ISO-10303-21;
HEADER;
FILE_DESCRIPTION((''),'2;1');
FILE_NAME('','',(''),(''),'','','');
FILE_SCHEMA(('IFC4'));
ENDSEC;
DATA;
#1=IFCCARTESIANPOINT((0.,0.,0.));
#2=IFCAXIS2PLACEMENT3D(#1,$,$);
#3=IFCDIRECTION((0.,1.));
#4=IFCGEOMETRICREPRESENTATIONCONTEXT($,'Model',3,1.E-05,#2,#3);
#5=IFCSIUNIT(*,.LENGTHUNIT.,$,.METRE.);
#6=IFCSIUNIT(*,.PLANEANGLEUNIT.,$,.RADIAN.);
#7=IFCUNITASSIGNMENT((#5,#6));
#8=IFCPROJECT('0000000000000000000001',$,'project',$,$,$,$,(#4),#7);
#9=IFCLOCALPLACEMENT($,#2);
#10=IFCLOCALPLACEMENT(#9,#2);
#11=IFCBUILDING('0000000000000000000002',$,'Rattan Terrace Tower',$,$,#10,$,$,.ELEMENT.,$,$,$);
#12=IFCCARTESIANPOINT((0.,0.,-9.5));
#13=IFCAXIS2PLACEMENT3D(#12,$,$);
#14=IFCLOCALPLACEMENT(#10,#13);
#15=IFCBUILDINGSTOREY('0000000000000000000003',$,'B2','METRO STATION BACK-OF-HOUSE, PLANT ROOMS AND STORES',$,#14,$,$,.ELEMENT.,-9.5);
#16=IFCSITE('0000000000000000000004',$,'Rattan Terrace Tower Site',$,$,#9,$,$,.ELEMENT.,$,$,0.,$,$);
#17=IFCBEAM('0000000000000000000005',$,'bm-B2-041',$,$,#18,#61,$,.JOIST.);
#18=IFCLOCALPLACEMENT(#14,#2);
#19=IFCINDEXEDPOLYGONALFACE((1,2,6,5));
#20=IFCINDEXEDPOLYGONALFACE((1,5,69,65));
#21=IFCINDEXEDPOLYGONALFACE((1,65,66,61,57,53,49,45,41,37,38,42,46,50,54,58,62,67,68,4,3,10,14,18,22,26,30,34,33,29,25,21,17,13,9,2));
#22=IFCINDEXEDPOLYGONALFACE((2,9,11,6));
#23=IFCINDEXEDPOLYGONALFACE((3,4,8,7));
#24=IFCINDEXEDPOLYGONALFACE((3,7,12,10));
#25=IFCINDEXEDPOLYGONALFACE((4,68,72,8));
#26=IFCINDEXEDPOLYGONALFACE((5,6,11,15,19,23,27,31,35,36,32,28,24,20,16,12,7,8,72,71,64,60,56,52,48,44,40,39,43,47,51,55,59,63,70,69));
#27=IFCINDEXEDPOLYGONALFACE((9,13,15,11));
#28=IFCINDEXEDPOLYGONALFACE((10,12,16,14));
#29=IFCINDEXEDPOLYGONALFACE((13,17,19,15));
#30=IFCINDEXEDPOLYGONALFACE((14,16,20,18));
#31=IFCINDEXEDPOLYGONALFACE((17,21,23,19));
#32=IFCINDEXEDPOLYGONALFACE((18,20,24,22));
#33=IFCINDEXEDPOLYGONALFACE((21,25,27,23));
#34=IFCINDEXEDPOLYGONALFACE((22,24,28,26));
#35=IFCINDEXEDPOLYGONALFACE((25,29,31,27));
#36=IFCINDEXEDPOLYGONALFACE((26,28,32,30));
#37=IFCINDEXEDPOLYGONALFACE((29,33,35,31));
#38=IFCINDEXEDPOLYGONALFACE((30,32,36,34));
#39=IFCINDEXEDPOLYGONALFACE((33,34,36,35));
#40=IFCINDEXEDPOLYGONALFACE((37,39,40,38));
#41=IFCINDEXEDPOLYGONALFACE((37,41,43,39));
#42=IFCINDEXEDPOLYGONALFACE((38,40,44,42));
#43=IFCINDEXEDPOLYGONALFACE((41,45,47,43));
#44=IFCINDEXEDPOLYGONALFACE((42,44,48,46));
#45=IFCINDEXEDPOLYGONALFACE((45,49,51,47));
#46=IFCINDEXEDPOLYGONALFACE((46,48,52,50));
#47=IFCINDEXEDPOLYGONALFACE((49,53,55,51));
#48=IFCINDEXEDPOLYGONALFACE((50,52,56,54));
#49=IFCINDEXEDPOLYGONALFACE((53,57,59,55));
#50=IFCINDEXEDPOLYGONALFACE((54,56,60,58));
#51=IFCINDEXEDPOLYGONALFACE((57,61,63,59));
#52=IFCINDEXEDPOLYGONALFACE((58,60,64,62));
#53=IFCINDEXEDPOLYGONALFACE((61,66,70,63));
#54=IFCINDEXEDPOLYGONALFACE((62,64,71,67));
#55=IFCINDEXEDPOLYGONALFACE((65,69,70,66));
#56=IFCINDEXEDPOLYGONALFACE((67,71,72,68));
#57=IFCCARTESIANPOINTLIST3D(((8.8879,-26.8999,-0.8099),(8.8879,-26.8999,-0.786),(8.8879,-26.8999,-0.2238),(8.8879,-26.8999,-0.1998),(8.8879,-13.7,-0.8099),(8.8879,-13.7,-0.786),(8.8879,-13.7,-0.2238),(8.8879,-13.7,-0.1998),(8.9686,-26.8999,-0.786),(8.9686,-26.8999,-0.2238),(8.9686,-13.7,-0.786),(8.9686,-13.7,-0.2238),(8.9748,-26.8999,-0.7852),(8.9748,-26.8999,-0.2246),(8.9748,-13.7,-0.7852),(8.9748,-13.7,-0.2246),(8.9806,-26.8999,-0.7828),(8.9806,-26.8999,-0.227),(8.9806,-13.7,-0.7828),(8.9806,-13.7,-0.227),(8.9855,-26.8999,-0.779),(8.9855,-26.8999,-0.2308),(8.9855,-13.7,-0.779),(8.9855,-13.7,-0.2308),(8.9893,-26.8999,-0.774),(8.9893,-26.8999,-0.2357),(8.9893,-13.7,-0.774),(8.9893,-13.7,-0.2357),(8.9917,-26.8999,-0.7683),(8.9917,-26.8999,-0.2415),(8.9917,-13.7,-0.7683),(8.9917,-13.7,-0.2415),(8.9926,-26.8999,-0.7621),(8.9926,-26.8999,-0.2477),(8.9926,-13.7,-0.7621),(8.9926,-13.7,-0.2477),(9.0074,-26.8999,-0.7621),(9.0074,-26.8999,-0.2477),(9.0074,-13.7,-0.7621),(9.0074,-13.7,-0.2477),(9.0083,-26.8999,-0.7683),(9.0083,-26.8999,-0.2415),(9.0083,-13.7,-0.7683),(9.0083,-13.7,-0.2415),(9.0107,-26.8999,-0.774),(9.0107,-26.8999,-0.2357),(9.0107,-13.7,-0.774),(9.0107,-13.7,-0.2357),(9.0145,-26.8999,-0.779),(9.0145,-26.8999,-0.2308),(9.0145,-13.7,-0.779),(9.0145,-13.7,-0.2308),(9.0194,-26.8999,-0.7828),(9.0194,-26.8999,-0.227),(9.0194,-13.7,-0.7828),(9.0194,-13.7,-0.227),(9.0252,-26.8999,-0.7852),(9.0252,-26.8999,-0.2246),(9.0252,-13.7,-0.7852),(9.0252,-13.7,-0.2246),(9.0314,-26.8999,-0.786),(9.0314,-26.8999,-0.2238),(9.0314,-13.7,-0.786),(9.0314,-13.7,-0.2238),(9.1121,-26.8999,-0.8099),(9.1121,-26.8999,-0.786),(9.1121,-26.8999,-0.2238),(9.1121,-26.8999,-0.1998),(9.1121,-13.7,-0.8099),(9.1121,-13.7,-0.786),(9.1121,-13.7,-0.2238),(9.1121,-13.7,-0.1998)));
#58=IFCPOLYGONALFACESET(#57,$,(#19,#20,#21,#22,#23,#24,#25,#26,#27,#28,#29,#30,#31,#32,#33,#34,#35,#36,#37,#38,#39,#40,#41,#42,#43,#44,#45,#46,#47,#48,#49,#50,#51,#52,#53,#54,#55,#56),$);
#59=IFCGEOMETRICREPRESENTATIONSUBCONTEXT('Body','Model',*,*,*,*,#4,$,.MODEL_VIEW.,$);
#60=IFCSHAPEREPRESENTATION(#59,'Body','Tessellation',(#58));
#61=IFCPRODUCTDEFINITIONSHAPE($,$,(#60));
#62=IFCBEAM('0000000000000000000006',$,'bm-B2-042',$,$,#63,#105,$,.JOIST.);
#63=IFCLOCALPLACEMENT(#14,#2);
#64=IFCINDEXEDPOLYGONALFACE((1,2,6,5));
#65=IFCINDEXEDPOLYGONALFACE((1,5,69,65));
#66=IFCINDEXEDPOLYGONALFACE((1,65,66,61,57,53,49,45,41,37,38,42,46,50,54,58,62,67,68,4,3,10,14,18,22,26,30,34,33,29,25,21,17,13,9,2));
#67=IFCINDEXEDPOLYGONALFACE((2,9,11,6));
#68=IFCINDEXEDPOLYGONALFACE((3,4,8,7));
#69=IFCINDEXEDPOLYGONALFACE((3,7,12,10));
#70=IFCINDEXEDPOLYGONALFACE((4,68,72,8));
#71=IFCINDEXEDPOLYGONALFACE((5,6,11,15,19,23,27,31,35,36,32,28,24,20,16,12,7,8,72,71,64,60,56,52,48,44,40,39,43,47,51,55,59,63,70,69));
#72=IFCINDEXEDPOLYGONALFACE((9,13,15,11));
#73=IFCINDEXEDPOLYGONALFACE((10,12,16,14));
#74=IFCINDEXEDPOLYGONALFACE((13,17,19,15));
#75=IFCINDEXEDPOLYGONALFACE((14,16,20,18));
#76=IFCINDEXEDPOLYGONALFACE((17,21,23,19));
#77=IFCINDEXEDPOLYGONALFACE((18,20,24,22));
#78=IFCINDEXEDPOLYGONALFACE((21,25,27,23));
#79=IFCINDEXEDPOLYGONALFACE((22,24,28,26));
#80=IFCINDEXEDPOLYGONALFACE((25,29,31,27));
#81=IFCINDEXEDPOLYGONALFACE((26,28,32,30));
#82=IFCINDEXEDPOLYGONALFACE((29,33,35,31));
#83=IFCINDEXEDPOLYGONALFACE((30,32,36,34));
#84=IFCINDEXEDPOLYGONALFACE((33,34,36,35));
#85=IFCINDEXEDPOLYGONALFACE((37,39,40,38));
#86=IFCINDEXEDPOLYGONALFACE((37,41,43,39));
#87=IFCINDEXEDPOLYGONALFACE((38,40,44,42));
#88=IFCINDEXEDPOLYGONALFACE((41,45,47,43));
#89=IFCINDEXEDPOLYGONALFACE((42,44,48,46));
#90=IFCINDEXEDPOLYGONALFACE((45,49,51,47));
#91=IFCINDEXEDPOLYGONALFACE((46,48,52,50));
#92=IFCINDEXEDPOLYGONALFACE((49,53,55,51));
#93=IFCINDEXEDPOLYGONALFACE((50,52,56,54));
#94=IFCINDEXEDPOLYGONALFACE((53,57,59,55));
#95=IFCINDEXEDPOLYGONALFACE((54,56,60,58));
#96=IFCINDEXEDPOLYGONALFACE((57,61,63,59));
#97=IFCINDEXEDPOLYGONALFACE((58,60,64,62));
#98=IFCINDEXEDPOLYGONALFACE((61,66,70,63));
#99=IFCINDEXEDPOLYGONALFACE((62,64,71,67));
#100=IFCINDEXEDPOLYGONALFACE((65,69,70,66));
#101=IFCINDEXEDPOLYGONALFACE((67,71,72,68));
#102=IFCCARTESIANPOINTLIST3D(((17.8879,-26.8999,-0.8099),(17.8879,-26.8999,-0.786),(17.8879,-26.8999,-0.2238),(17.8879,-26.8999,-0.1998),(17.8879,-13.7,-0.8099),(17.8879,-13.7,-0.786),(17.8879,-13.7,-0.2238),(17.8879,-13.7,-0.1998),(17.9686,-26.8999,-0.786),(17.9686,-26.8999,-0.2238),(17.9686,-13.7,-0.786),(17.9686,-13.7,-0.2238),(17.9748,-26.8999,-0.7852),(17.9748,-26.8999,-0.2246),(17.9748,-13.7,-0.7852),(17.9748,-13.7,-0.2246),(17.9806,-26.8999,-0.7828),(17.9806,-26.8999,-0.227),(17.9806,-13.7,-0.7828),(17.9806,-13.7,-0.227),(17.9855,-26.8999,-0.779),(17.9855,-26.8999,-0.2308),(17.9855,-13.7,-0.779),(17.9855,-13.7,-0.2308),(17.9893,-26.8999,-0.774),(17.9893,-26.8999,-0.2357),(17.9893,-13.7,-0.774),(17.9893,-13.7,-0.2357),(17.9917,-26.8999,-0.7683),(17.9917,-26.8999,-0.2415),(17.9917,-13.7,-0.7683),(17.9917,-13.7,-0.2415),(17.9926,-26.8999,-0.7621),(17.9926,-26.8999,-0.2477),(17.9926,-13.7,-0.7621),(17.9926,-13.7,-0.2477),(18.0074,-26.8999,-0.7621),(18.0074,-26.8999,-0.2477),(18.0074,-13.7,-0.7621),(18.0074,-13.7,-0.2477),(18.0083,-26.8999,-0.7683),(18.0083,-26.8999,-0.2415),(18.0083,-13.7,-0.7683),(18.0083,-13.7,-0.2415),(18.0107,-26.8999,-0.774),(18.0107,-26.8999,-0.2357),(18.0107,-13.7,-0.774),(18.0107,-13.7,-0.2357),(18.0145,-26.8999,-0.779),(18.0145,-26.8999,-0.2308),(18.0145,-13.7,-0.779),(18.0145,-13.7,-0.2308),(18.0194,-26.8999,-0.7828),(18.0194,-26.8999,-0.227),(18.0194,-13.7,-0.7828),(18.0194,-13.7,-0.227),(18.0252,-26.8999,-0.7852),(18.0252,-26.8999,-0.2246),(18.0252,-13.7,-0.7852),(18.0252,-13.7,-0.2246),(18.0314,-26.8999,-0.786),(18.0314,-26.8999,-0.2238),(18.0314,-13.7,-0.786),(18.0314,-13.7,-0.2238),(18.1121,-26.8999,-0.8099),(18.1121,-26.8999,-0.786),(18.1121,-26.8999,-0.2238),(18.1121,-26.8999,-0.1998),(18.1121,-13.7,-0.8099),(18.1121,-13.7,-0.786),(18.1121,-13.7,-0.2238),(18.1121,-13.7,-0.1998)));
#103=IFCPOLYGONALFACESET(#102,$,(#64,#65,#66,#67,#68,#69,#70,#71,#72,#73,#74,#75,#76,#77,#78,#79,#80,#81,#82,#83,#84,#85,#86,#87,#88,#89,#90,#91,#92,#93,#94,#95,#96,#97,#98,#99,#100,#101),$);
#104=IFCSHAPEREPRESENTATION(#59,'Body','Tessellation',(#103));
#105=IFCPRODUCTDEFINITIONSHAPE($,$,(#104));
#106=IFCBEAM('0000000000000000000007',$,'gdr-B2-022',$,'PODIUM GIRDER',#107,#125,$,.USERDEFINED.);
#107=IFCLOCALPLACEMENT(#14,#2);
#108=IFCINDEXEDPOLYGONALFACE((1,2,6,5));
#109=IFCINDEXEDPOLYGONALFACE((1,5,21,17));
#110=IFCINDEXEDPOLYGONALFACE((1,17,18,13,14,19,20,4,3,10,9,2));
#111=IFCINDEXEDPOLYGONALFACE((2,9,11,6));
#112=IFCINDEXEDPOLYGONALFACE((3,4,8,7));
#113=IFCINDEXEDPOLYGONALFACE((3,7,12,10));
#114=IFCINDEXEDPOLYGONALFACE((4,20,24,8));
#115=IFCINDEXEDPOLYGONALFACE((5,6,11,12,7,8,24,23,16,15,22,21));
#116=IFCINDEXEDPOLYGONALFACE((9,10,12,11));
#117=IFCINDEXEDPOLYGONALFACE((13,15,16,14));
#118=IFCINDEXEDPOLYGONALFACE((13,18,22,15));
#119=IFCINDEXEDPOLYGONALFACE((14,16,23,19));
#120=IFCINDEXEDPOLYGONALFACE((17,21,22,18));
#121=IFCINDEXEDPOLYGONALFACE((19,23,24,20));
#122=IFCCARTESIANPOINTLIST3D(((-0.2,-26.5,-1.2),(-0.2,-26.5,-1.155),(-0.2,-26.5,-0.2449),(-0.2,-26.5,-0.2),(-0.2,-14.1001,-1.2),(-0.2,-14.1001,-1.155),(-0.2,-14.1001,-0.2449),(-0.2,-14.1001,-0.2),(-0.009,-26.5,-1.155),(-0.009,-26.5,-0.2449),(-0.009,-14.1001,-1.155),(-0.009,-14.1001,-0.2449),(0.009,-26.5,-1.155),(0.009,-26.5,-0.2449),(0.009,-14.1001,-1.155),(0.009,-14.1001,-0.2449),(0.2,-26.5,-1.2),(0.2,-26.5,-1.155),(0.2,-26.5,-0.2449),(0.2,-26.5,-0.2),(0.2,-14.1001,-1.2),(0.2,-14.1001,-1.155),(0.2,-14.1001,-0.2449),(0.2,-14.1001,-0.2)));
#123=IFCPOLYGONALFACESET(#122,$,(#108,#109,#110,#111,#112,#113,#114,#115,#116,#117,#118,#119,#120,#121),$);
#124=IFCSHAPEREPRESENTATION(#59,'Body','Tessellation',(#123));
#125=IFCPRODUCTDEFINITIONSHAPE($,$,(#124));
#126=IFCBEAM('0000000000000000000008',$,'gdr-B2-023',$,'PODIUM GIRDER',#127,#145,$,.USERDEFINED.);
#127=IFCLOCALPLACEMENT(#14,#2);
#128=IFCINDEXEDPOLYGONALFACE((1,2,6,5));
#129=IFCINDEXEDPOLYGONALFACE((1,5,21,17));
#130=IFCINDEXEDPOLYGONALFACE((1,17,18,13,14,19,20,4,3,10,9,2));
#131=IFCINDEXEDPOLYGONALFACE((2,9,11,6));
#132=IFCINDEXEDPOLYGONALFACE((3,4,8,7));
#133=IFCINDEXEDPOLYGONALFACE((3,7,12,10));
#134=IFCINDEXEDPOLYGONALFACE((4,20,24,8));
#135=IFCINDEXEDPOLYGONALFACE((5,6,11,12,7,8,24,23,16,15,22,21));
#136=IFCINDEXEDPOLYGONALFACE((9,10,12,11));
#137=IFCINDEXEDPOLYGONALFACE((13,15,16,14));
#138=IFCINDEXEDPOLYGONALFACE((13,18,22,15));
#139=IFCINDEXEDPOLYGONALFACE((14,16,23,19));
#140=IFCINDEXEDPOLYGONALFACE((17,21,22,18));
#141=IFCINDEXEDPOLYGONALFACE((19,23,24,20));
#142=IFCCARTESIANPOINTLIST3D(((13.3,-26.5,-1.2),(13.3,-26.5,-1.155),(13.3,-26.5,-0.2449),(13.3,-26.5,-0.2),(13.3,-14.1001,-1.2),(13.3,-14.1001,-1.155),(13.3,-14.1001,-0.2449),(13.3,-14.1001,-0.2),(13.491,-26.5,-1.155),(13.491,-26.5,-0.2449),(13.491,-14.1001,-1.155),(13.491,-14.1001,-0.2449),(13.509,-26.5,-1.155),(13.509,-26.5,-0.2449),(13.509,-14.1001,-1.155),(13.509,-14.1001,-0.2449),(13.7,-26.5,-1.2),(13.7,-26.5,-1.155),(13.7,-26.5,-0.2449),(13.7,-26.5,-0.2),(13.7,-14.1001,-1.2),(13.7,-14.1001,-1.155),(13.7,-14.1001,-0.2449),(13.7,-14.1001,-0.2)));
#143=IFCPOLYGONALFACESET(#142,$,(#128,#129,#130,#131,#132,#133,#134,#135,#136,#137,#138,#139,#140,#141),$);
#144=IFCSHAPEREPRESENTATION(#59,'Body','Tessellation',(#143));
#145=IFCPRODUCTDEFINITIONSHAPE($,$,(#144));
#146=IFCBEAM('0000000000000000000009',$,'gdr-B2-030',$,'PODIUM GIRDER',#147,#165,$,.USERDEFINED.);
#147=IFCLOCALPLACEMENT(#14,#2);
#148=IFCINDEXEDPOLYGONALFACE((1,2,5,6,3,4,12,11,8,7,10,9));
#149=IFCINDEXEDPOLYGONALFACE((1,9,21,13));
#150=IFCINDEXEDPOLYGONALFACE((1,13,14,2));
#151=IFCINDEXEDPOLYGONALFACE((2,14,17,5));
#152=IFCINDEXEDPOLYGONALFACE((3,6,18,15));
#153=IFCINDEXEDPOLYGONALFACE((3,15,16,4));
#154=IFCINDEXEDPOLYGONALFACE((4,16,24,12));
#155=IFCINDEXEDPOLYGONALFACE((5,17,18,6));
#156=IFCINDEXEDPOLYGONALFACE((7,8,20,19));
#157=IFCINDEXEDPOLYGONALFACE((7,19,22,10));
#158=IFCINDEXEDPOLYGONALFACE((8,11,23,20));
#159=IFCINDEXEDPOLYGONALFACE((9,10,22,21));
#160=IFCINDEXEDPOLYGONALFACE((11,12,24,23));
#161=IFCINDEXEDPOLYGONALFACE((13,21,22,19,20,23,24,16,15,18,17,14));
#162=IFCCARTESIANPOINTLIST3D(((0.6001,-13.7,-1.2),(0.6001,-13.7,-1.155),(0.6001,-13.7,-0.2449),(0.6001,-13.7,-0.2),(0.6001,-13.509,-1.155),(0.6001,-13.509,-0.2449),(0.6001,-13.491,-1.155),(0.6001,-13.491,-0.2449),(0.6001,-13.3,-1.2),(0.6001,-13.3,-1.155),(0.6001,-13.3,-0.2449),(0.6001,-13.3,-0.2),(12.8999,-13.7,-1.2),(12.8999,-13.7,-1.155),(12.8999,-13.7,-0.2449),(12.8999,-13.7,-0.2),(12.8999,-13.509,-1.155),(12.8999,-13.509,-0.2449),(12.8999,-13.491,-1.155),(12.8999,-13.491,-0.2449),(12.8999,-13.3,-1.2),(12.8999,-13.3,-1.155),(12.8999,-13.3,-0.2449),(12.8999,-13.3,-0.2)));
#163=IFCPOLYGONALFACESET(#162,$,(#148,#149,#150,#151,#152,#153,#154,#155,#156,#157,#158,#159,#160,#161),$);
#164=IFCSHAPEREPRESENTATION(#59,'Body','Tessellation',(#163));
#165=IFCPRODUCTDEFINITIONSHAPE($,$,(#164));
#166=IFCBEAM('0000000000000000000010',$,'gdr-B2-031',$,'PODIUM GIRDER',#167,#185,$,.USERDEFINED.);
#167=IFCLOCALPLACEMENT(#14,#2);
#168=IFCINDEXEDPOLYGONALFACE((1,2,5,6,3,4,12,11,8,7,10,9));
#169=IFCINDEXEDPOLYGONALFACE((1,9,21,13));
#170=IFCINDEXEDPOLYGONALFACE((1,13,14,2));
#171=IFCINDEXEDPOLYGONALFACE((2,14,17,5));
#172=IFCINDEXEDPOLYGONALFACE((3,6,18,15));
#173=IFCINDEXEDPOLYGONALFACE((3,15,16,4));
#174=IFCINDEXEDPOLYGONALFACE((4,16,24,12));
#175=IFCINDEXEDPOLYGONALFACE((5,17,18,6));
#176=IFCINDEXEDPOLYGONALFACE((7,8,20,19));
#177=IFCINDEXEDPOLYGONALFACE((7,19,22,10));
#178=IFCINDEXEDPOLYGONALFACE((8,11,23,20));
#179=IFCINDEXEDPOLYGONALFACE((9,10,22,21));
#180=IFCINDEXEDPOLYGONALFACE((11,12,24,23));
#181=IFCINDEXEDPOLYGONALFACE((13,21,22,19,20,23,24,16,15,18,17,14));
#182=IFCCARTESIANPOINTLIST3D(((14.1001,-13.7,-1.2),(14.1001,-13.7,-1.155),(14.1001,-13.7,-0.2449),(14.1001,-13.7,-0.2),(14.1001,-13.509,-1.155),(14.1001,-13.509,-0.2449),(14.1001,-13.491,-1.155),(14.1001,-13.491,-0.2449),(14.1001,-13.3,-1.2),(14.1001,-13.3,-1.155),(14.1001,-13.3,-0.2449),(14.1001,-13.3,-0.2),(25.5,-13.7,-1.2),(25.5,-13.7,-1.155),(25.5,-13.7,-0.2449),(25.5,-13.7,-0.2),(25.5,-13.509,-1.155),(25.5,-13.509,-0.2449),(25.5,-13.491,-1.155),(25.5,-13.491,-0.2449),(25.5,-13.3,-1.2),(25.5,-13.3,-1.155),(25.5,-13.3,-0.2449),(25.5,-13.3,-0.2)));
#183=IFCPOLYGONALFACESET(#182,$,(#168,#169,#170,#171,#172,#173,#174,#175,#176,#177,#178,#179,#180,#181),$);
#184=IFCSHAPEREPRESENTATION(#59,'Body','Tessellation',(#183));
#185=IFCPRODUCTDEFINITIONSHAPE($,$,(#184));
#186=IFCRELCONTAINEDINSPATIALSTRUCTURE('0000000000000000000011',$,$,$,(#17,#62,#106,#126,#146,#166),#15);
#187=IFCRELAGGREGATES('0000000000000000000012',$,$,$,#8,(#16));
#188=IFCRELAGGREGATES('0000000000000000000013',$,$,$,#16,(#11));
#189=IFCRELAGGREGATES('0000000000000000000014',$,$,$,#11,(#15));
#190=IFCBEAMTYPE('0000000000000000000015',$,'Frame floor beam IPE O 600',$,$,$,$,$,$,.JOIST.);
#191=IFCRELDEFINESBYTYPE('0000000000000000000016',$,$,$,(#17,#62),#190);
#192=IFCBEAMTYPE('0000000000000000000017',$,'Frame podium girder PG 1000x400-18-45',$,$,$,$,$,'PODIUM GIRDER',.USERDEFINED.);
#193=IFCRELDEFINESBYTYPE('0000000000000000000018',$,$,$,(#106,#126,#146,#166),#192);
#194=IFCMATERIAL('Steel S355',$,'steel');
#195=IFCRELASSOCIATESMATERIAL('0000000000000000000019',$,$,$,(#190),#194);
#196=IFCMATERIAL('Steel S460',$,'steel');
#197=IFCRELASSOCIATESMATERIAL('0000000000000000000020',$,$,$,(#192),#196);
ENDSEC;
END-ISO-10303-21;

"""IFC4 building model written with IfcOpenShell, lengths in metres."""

from ifc_helpers import new_model, si_unit, direction, frame, origin, origin_2d, place, context, subcontext, project, spatial, i_section, extrude, material, material_profile, profile_set, type_object, element, save


model = new_model("IFC4")

# Units and contexts
model_context = context("Model", 3, precision=1e-05, world=origin(), true_north=direction((0.0, 1.0)))
body_context = subcontext(model_context, "Body", "Model", "MODEL_VIEW")
ifc_project = project(units=[si_unit("LENGTHUNIT", "METRE"), si_unit("PLANEANGLEUNIT", "RADIAN")], contexts=[model_context])

# Site, building, storey
site_placement = place(None, origin())
site = spatial("IfcSite", under=ifc_project, at=site_placement, Name="Rattan Terrace Tower Site", CompositionType="ELEMENT", RefElevation=0.0)
building_placement = place(site_placement, origin())
building = spatial("IfcBuilding", under=site, at=building_placement, Name="Rattan Terrace Tower", CompositionType="ELEMENT")
storey_placement = place(building_placement, frame((0.0, 0.0, -9.5)))
storey = spatial("IfcBuildingStorey", under=building, at=storey_placement, Name="B2", Description="METRO STATION BACK-OF-HOUSE, PLANT ROOMS AND STORES", CompositionType="ELEMENT", Elevation=-9.5)

# Beams
ifc_material_1 = material(Name="Steel S355", Category="steel")
ifc_material_profile_1 = material_profile(ifc_material_1, i_section(OverallWidth=0.2241, OverallDepth=0.6101, WebThickness=0.0149, FlangeThickness=0.0239, FilletRadius=0.0239, at=origin_2d()), Name="IPE O 600")
ifc_profile_set_1 = profile_set([ifc_material_profile_1], Name="Steel S355")
beam_type_1 = type_object("IfcBeamType", Name="Frame floor beam IPE O 600", PredefinedType="JOIST", material=ifc_profile_set_1)
for number, where, z_axis, x_axis, name in (
    (1, (9.0, -26.8999, -0.5049), (0.0, 1.0, 0.0), (-1.0, 0.0, 0.0), "bm-B2-041"),
    (2, (18.0, -26.8999, -0.5049), (0.0, 1.0, 0.0), (-1.0, 0.0, 0.0), "bm-B2-042"),
):
    element("IfcBeam", number, at=place(storey_placement, frame(where, z_axis=z_axis, x_axis=x_axis)), inside=storey, type_object=beam_type_1, Name=name, PredefinedType="JOIST", context=body_context, shape_type="SweptSolid", body=[
        extrude(i_section(OverallWidth=0.2241, OverallDepth=0.6101, WebThickness=0.0149, FlangeThickness=0.0239, FilletRadius=0.0239, at=origin_2d()), origin(), (0.0, 0.0, 1.0), 13.2),
    ])
ifc_material_2 = material(Name="Steel S460", Category="steel")
ifc_material_profile_2 = material_profile(ifc_material_2, i_section(OverallWidth=0.3999, OverallDepth=1.0, WebThickness=0.0181, FlangeThickness=0.0449, at=origin_2d()), Name="PG 1000x400-18-45")
ifc_profile_set_2 = profile_set([ifc_material_profile_2], Name="Steel S460")
beam_type_2 = type_object("IfcBeamType", Name="Frame podium girder PG 1000x400-18-45", ElementType="PODIUM GIRDER", PredefinedType="USERDEFINED", material=ifc_profile_set_2)
for number, where, z_axis, x_axis, name in (
    (3, (0.0, -26.5, -0.7), (0.0, 1.0, 0.0), (-1.0, 0.0, 0.0), "gdr-B2-022"),
    (4, (13.5, -26.5, -0.7), (0.0, 1.0, 0.0), (-1.0, 0.0, 0.0), "gdr-B2-023"),
):
    element("IfcBeam", number, at=place(storey_placement, frame(where, z_axis=z_axis, x_axis=x_axis)), inside=storey, type_object=beam_type_2, Name=name, ObjectType="PODIUM GIRDER", PredefinedType="USERDEFINED", context=body_context, shape_type="SweptSolid", body=[
        extrude(i_section(OverallWidth=0.3999, OverallDepth=1.0, WebThickness=0.0181, FlangeThickness=0.0449, at=origin_2d()), origin(), (0.0, 0.0, 1.0), 12.3999),
    ])
beam_1_placement = place(storey_placement, frame((0.6001, -13.5, -0.7), z_axis=(1.0, 0.0, 0.0), x_axis=(0.0, 1.0, 0.0)))
element("IfcBeam", 5, at=beam_1_placement, inside=storey, type_object=beam_type_2, Name="gdr-B2-030", ObjectType="PODIUM GIRDER", PredefinedType="USERDEFINED", context=body_context, shape_type="SweptSolid", body=[
    extrude(i_section(OverallWidth=0.3999, OverallDepth=1.0, WebThickness=0.0181, FlangeThickness=0.0449, at=origin_2d()), origin(), (0.0, 0.0, 1.0), 12.2998),
])
beam_2_placement = place(storey_placement, frame((14.1001, -13.5, -0.7), z_axis=(1.0, 0.0, 0.0), x_axis=(0.0, 1.0, 0.0)))
element("IfcBeam", 6, at=beam_2_placement, inside=storey, type_object=beam_type_2, Name="gdr-B2-031", ObjectType="PODIUM GIRDER", PredefinedType="USERDEFINED", context=body_context, shape_type="SweptSolid", body=[
    extrude(i_section(OverallWidth=0.3999, OverallDepth=1.0, WebThickness=0.0181, FlangeThickness=0.0449, at=origin_2d()), origin(), (0.0, 0.0, 1.0), 11.3999),
])

save(model, "model.ifc")
